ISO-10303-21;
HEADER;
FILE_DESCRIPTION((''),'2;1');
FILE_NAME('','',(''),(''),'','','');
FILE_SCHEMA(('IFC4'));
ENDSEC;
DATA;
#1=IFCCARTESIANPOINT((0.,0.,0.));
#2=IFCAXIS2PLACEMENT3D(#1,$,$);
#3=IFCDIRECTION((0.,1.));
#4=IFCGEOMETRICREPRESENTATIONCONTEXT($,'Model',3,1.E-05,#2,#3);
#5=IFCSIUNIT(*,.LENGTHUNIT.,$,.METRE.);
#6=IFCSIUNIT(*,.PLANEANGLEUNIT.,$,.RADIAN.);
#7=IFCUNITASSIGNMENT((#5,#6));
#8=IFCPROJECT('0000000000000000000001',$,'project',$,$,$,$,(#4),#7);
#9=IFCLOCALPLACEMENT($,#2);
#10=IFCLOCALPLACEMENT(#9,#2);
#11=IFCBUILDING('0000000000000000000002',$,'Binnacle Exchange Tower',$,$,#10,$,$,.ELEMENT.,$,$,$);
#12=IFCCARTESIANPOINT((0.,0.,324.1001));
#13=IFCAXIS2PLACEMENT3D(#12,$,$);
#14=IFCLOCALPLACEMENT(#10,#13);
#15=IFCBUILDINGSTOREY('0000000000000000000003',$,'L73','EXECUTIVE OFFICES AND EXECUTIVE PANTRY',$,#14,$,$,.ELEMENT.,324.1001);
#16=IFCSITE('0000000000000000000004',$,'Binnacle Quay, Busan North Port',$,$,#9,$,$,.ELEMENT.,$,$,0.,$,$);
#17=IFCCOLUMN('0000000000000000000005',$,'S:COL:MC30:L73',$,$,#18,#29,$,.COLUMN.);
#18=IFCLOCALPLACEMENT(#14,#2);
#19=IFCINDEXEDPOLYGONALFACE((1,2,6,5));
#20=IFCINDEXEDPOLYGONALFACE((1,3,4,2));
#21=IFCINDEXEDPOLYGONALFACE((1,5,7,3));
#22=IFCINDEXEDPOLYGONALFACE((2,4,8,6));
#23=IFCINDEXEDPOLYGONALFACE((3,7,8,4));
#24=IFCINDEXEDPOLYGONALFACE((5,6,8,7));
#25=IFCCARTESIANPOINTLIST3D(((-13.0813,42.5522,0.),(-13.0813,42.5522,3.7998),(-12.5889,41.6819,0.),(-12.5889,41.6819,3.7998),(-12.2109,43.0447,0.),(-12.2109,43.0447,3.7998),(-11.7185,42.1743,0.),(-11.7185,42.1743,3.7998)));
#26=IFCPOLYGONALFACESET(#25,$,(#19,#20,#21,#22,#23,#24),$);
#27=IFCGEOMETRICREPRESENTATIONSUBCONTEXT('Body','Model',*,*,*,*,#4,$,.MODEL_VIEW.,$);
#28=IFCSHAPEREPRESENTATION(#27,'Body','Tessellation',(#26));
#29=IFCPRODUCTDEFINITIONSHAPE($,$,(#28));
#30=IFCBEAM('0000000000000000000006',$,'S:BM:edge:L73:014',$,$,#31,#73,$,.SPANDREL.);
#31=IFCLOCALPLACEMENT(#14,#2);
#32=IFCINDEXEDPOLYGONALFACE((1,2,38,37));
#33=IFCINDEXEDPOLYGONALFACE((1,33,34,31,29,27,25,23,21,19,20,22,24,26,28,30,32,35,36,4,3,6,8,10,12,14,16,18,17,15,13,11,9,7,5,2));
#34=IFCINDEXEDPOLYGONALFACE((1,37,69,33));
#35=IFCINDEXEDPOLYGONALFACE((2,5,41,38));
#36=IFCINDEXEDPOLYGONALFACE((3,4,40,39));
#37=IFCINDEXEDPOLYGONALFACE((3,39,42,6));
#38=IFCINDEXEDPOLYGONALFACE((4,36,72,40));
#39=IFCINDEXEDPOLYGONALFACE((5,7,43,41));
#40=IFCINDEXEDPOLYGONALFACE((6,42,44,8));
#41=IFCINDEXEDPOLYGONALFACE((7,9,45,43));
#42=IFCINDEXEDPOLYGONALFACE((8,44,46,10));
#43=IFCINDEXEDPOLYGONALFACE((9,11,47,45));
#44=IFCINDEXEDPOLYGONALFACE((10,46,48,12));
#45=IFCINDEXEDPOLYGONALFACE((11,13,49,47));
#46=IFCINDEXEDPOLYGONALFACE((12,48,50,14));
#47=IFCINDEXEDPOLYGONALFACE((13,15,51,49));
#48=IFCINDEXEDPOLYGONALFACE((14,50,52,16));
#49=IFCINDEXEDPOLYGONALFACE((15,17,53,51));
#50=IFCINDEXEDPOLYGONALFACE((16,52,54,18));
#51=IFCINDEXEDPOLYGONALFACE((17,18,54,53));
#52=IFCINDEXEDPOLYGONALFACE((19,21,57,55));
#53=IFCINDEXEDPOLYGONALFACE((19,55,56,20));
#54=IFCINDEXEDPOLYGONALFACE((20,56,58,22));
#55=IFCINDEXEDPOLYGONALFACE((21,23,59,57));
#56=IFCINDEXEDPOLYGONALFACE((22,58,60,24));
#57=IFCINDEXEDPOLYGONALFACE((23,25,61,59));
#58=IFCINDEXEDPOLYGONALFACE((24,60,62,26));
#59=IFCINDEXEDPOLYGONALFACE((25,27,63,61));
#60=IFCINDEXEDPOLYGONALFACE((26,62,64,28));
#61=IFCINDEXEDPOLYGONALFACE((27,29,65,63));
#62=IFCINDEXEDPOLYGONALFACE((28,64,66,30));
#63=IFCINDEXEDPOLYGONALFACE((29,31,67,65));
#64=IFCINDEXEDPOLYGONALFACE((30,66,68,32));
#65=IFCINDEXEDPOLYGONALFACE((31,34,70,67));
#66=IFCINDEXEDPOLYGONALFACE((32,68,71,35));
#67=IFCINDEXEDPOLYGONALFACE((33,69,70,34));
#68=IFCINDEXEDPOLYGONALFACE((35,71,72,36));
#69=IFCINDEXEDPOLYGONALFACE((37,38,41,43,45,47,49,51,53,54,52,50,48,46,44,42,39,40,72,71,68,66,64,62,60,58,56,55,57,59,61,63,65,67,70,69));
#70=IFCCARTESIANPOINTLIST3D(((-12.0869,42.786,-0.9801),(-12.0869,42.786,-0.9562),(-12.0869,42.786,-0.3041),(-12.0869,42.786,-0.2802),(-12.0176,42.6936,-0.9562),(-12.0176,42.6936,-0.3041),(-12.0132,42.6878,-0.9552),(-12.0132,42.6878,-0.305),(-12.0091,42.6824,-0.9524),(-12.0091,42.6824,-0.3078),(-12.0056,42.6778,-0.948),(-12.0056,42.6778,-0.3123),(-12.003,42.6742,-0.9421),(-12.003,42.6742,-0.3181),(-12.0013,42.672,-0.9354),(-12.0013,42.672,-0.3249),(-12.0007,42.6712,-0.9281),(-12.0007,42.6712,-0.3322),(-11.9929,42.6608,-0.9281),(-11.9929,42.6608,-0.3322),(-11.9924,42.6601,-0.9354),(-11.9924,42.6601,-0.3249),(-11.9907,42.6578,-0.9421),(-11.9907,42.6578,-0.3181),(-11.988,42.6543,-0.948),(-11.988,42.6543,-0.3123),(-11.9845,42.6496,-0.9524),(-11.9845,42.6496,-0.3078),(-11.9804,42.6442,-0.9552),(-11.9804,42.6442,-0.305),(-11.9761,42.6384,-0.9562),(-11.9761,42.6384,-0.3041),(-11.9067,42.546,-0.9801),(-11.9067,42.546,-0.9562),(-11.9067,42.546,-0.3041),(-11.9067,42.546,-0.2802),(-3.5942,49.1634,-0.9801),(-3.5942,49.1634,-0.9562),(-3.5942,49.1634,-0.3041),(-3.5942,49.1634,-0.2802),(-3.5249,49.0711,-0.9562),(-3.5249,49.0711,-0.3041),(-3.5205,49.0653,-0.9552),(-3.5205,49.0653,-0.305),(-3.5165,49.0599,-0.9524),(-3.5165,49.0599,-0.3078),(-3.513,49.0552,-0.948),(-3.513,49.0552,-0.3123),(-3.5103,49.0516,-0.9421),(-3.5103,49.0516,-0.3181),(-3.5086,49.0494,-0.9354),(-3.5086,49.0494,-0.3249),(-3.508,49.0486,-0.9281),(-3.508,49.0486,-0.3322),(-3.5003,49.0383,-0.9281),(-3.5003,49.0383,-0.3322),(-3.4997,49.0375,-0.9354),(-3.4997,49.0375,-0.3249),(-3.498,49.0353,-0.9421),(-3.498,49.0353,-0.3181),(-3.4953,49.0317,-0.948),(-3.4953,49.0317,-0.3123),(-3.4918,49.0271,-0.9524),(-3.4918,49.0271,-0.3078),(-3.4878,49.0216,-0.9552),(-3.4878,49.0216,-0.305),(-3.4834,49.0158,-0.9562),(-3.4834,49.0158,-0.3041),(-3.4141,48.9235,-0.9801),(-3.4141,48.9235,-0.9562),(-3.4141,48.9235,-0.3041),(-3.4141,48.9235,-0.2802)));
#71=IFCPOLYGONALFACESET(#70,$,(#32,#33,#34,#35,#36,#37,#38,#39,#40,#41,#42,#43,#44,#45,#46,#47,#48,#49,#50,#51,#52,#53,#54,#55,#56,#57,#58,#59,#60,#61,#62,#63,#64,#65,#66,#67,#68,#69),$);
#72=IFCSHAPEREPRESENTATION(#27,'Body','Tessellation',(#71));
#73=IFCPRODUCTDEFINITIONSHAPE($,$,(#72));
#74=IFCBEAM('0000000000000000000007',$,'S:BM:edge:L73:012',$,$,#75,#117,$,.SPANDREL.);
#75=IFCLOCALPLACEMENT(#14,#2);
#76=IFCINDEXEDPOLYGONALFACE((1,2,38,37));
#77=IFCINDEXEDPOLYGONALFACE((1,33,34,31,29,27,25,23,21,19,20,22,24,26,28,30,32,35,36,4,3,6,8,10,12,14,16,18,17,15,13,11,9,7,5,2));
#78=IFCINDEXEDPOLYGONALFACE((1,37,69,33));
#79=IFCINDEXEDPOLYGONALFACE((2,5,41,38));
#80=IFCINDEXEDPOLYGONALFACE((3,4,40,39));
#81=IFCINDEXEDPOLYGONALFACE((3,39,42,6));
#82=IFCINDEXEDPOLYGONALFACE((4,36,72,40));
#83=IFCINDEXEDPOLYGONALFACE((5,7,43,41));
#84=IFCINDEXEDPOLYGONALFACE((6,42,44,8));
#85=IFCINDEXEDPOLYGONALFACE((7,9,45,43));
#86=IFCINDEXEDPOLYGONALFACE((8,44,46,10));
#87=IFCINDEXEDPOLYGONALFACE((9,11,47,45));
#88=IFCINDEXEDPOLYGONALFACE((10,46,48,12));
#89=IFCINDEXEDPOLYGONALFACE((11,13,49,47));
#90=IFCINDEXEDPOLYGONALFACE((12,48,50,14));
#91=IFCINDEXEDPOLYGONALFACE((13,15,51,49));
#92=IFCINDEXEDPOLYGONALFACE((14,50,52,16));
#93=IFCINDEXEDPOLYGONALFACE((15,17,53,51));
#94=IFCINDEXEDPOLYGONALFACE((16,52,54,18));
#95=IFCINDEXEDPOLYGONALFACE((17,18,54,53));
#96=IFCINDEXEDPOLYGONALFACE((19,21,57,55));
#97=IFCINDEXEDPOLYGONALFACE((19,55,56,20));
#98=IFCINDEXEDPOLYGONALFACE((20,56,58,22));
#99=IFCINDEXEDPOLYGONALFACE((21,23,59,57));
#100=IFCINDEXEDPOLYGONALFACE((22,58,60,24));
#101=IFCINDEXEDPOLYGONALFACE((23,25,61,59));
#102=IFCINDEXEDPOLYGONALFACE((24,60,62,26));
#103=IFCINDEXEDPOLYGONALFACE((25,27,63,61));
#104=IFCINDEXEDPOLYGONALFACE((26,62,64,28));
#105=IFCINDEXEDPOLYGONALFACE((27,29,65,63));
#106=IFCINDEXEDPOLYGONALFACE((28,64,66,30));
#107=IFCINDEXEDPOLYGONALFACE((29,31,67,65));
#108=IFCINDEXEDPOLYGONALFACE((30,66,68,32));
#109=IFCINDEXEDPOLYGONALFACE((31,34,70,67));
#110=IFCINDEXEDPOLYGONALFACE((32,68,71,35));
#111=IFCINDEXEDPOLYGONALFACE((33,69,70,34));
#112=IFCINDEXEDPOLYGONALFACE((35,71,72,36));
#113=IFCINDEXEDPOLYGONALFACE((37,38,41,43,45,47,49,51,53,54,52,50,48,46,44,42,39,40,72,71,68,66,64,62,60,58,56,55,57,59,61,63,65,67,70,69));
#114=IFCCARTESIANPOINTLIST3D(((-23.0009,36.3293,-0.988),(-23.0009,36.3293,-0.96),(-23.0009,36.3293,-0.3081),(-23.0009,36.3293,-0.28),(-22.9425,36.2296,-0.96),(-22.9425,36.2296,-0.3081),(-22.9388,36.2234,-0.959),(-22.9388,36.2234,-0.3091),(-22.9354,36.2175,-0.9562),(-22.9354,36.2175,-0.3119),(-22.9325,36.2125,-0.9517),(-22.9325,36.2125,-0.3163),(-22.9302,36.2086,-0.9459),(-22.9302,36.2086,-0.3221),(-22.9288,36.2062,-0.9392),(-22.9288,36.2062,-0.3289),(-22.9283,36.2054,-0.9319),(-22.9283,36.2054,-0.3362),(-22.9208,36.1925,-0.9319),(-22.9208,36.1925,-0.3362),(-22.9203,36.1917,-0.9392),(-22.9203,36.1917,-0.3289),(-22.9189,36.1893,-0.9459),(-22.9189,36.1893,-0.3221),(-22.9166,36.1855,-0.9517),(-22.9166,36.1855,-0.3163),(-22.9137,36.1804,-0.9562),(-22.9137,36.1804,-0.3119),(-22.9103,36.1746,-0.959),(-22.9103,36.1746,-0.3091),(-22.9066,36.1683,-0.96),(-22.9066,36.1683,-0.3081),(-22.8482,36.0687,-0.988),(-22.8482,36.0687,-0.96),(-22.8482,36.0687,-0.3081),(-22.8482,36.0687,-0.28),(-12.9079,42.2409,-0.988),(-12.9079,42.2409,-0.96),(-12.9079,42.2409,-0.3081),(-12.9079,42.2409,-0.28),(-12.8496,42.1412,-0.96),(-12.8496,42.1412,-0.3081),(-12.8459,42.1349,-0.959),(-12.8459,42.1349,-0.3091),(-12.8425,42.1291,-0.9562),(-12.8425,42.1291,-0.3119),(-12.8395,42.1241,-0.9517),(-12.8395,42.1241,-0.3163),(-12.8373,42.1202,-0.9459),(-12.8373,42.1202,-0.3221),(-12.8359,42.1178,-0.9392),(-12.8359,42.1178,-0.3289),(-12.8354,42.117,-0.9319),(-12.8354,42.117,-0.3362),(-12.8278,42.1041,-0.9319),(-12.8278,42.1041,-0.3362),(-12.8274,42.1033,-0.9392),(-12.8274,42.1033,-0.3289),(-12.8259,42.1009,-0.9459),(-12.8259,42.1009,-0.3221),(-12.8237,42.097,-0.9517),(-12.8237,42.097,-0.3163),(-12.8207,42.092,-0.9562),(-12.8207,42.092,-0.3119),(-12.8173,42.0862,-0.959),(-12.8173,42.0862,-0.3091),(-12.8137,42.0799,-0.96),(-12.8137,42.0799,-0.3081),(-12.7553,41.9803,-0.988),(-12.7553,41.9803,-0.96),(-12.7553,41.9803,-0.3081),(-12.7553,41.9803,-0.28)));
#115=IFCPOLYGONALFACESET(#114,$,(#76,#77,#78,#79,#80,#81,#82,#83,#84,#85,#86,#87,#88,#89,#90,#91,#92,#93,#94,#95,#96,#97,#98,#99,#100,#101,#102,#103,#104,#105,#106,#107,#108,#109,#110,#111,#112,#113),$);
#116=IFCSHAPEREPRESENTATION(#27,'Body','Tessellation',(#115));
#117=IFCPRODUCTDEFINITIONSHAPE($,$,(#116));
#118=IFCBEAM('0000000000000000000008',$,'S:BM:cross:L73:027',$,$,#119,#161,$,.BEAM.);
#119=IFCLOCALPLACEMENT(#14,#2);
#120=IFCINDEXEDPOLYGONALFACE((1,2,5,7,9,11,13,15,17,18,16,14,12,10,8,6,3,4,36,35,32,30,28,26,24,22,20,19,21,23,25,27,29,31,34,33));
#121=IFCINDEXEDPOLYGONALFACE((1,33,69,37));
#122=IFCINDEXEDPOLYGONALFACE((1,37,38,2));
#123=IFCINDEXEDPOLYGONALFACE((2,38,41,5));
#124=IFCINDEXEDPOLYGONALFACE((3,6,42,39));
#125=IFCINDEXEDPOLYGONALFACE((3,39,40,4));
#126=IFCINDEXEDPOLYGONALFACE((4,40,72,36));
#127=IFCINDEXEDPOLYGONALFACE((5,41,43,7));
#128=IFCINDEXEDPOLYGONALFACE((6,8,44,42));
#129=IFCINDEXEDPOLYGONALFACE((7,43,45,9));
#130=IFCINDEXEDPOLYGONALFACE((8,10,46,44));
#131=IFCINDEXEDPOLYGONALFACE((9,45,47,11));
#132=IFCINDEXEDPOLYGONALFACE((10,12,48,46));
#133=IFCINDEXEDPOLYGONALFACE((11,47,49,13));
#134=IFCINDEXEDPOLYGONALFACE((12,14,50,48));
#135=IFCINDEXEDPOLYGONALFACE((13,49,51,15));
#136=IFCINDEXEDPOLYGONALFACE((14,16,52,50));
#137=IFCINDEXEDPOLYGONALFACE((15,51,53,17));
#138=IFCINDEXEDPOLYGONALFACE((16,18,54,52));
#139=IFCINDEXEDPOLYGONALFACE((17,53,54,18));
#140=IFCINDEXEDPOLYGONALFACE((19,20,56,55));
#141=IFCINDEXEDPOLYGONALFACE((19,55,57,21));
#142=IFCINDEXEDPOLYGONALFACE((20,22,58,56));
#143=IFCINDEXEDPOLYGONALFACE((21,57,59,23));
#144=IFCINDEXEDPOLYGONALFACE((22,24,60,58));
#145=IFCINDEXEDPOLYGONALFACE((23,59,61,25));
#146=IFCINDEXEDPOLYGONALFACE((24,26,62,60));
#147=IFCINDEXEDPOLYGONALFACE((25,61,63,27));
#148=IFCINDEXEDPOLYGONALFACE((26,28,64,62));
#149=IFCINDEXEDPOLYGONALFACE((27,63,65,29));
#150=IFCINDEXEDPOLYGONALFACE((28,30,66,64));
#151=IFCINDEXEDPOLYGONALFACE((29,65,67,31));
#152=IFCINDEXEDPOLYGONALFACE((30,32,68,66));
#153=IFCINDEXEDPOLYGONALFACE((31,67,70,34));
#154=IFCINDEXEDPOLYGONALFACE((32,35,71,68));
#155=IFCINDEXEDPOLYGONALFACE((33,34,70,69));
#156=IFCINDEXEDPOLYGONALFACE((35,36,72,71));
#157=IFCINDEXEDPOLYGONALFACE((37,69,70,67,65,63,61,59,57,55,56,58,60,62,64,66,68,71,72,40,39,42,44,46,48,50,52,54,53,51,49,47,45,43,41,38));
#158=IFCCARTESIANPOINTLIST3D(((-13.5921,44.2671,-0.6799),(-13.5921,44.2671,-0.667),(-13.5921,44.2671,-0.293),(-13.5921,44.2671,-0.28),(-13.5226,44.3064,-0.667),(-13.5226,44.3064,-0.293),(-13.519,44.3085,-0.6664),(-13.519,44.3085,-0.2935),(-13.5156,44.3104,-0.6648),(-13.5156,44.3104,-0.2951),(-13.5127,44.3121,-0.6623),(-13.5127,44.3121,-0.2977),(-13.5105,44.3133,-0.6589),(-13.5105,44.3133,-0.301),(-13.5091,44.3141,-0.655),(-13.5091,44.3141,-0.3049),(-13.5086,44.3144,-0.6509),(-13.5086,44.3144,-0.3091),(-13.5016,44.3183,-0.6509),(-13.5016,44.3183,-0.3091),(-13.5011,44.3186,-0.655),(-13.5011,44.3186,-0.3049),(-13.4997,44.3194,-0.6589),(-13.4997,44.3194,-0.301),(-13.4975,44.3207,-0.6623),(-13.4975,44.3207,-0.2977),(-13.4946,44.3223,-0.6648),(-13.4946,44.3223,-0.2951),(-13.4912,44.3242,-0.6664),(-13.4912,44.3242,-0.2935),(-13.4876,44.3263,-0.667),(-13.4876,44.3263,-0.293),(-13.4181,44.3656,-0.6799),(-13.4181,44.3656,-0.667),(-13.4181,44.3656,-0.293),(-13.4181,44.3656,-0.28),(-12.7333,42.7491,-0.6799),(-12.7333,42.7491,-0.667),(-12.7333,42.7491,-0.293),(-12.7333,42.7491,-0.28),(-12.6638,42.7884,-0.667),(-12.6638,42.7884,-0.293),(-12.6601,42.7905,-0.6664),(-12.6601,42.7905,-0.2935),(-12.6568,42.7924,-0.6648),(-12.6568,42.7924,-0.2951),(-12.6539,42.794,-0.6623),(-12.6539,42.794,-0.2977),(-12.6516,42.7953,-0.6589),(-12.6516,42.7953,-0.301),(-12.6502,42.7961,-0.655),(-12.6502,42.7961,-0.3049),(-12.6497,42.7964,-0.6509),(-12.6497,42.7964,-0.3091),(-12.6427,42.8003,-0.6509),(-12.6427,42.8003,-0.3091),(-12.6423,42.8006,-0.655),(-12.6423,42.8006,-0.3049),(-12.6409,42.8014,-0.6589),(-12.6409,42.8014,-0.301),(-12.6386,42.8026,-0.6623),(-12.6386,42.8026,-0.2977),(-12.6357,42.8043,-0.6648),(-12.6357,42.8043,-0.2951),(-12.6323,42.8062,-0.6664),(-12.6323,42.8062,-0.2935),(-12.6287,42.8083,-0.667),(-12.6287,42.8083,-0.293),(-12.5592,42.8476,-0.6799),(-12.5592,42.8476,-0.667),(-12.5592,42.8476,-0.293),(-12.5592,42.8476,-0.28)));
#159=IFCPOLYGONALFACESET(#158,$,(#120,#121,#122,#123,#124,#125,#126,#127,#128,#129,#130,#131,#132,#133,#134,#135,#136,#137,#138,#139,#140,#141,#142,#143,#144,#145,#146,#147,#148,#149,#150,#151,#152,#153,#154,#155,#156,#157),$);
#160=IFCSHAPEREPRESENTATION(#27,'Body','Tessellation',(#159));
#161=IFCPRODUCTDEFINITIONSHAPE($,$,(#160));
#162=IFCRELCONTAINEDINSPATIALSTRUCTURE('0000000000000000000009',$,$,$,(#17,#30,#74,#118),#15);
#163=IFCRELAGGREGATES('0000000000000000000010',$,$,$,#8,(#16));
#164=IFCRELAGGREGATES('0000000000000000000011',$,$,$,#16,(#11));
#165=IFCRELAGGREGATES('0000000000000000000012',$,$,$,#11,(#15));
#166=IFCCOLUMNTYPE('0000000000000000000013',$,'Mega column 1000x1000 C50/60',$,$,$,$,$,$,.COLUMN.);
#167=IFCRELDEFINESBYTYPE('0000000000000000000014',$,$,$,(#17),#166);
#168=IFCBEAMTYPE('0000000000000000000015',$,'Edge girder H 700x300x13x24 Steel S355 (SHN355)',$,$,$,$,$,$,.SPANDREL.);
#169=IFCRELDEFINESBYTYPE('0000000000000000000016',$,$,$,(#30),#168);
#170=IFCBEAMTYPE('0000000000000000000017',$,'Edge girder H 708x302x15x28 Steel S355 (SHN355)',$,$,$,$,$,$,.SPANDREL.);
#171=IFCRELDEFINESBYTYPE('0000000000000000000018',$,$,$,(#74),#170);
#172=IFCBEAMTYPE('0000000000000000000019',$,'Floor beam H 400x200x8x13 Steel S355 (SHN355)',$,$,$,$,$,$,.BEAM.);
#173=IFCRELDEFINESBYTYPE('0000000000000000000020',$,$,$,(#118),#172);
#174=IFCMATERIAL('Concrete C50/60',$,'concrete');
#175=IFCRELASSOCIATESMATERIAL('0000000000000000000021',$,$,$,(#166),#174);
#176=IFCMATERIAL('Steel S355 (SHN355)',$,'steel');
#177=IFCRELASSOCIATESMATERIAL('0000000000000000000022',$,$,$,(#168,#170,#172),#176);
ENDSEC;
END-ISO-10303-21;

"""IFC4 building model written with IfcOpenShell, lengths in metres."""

from ifc_helpers import new_model, si_unit, direction, frame, origin, origin_2d, place, context, subcontext, project, spatial, rectangle, i_section, extrude, material, material_profile, profile_set, type_object, element, save


model = new_model("IFC4")

# Units and contexts
model_context = context("Model", 3, precision=1e-05, world=origin(), true_north=direction((0.0, 1.0)))
body_context = subcontext(model_context, "Body", "Model", "MODEL_VIEW")
ifc_project = project(units=[si_unit("LENGTHUNIT", "METRE"), si_unit("PLANEANGLEUNIT", "RADIAN")], contexts=[model_context])

# Site, building, storey
site_placement = place(None, origin())
site = spatial("IfcSite", under=ifc_project, at=site_placement, Name="Binnacle Quay, Busan North Port", CompositionType="ELEMENT", RefElevation=0.0)
building_placement = place(site_placement, origin())
building = spatial("IfcBuilding", under=site, at=building_placement, Name="Binnacle Exchange Tower", CompositionType="ELEMENT")
storey_placement = place(building_placement, frame((0.0, 0.0, 324.1001)))
storey = spatial("IfcBuildingStorey", under=building, at=storey_placement, Name="L73", Description="EXECUTIVE OFFICES AND EXECUTIVE PANTRY", CompositionType="ELEMENT", Elevation=324.1001)

# Column
ifc_material_1 = material(Name="Concrete C50/60", Category="concrete")
ifc_material_profile_1 = material_profile(ifc_material_1, rectangle(XDim=1.0, YDim=1.0, at=origin_2d()), Name="Mega column 1000x1000 C50/60")
ifc_profile_set_1 = profile_set([ifc_material_profile_1], Name="Concrete C50/60")
column_type = type_object("IfcColumnType", Name="Mega column 1000x1000 C50/60", PredefinedType="COLUMN", material=ifc_profile_set_1)
column_placement = place(storey_placement, frame((-12.3999, 42.3633, 0.0), z_axis=(0.0, 0.0, 1.0), x_axis=(0.870356, 0.492424, 0.0)))
element("IfcColumn", 1, at=column_placement, inside=storey, type_object=column_type, Name="S:COL:MC30:L73", PredefinedType="COLUMN", context=body_context, shape_type="SweptSolid", body=[
    extrude(rectangle(XDim=1.0, YDim=1.0, at=origin_2d()), origin(), (0.0, 0.0, 1.0), 3.7998),
])

# Beams
ifc_material_2 = material(Name="Steel S355 (SHN355)", Category="steel")
ifc_material_profile_2 = material_profile(ifc_material_2, i_section(OverallWidth=0.3, OverallDepth=0.7, WebThickness=0.0129, FlangeThickness=0.0239, FilletRadius=0.0281, at=origin_2d()), Name="H 700x300x13x24")
ifc_profile_set_2 = profile_set([ifc_material_profile_2], Name="Steel S355 (SHN355)")
beam_type_1 = type_object("IfcBeamType", Name="Edge girder H 700x300x13x24 Steel S355 (SHN355)", PredefinedType="SPANDREL", material=ifc_profile_set_2)
beam_1_placement = place(storey_placement, frame((-11.9968, 42.666, -0.6301), z_axis=(0.799641, 0.600478, 0.0), x_axis=(-0.600478, 0.799641, 0.0)))
element("IfcBeam", 2, at=beam_1_placement, inside=storey, type_object=beam_type_1, Name="S:BM:edge:L73:014", PredefinedType="SPANDREL", context=body_context, shape_type="SweptSolid", body=[
    extrude(i_section(OverallWidth=0.3, OverallDepth=0.7, WebThickness=0.0129, FlangeThickness=0.0239, FilletRadius=0.0281, at=origin_2d()), origin(), (0.0, 0.0, 1.0), 10.6206),
])
ifc_material_profile_3 = material_profile(ifc_material_2, i_section(OverallWidth=0.302, OverallDepth=0.708, WebThickness=0.0149, FlangeThickness=0.0281, FilletRadius=0.0281, at=origin_2d()), Name="H 708x302x15x28")
ifc_profile_set_3 = profile_set([ifc_material_profile_3], Name="Steel S355 (SHN355)")
beam_type_2 = type_object("IfcBeamType", Name="Edge girder H 708x302x15x28 Steel S355 (SHN355)", PredefinedType="SPANDREL", material=ifc_profile_set_3)
beam_2_placement = place(storey_placement, frame((-22.9246, 36.199, -0.634), z_axis=(0.862883, 0.505403, 0.0), x_axis=(-0.505403, 0.862883, 0.0)))
element("IfcBeam", 3, at=beam_2_placement, inside=storey, type_object=beam_type_2, Name="S:BM:edge:L73:012", PredefinedType="SPANDREL", context=body_context, shape_type="SweptSolid", body=[
    extrude(i_section(OverallWidth=0.302, OverallDepth=0.708, WebThickness=0.0149, FlangeThickness=0.0281, FilletRadius=0.0281, at=origin_2d()), origin(), (0.0, 0.0, 1.0), 11.6968),
])
ifc_material_profile_4 = material_profile(ifc_material_2, i_section(OverallWidth=0.2, OverallDepth=0.3999, WebThickness=0.0081, FlangeThickness=0.0129, FilletRadius=0.0161, at=origin_2d()), Name="H 400x200x8x13")
ifc_profile_set_4 = profile_set([ifc_material_profile_4], Name="Steel S355 (SHN355)")
beam_type_3 = type_object("IfcBeamType", Name="Floor beam H 400x200x8x13 Steel S355 (SHN355)", PredefinedType="BEAM", material=ifc_profile_set_4)
beam_3_placement = place(storey_placement, frame((-12.6462, 42.7983, -0.48), z_axis=(-0.492426, 0.870354, 0.0), x_axis=(-0.870354, -0.492426, 0.0)))
element("IfcBeam", 4, at=beam_3_placement, inside=storey, type_object=beam_type_3, Name="S:BM:cross:L73:027", PredefinedType="BEAM", context=body_context, shape_type="SweptSolid", body=[
    extrude(i_section(OverallWidth=0.2, OverallDepth=0.3999, WebThickness=0.0081, FlangeThickness=0.0129, FilletRadius=0.0161, at=origin_2d()), origin(), (0.0, 0.0, 1.0), 1.7441),
])

save(model, "model.ifc")
